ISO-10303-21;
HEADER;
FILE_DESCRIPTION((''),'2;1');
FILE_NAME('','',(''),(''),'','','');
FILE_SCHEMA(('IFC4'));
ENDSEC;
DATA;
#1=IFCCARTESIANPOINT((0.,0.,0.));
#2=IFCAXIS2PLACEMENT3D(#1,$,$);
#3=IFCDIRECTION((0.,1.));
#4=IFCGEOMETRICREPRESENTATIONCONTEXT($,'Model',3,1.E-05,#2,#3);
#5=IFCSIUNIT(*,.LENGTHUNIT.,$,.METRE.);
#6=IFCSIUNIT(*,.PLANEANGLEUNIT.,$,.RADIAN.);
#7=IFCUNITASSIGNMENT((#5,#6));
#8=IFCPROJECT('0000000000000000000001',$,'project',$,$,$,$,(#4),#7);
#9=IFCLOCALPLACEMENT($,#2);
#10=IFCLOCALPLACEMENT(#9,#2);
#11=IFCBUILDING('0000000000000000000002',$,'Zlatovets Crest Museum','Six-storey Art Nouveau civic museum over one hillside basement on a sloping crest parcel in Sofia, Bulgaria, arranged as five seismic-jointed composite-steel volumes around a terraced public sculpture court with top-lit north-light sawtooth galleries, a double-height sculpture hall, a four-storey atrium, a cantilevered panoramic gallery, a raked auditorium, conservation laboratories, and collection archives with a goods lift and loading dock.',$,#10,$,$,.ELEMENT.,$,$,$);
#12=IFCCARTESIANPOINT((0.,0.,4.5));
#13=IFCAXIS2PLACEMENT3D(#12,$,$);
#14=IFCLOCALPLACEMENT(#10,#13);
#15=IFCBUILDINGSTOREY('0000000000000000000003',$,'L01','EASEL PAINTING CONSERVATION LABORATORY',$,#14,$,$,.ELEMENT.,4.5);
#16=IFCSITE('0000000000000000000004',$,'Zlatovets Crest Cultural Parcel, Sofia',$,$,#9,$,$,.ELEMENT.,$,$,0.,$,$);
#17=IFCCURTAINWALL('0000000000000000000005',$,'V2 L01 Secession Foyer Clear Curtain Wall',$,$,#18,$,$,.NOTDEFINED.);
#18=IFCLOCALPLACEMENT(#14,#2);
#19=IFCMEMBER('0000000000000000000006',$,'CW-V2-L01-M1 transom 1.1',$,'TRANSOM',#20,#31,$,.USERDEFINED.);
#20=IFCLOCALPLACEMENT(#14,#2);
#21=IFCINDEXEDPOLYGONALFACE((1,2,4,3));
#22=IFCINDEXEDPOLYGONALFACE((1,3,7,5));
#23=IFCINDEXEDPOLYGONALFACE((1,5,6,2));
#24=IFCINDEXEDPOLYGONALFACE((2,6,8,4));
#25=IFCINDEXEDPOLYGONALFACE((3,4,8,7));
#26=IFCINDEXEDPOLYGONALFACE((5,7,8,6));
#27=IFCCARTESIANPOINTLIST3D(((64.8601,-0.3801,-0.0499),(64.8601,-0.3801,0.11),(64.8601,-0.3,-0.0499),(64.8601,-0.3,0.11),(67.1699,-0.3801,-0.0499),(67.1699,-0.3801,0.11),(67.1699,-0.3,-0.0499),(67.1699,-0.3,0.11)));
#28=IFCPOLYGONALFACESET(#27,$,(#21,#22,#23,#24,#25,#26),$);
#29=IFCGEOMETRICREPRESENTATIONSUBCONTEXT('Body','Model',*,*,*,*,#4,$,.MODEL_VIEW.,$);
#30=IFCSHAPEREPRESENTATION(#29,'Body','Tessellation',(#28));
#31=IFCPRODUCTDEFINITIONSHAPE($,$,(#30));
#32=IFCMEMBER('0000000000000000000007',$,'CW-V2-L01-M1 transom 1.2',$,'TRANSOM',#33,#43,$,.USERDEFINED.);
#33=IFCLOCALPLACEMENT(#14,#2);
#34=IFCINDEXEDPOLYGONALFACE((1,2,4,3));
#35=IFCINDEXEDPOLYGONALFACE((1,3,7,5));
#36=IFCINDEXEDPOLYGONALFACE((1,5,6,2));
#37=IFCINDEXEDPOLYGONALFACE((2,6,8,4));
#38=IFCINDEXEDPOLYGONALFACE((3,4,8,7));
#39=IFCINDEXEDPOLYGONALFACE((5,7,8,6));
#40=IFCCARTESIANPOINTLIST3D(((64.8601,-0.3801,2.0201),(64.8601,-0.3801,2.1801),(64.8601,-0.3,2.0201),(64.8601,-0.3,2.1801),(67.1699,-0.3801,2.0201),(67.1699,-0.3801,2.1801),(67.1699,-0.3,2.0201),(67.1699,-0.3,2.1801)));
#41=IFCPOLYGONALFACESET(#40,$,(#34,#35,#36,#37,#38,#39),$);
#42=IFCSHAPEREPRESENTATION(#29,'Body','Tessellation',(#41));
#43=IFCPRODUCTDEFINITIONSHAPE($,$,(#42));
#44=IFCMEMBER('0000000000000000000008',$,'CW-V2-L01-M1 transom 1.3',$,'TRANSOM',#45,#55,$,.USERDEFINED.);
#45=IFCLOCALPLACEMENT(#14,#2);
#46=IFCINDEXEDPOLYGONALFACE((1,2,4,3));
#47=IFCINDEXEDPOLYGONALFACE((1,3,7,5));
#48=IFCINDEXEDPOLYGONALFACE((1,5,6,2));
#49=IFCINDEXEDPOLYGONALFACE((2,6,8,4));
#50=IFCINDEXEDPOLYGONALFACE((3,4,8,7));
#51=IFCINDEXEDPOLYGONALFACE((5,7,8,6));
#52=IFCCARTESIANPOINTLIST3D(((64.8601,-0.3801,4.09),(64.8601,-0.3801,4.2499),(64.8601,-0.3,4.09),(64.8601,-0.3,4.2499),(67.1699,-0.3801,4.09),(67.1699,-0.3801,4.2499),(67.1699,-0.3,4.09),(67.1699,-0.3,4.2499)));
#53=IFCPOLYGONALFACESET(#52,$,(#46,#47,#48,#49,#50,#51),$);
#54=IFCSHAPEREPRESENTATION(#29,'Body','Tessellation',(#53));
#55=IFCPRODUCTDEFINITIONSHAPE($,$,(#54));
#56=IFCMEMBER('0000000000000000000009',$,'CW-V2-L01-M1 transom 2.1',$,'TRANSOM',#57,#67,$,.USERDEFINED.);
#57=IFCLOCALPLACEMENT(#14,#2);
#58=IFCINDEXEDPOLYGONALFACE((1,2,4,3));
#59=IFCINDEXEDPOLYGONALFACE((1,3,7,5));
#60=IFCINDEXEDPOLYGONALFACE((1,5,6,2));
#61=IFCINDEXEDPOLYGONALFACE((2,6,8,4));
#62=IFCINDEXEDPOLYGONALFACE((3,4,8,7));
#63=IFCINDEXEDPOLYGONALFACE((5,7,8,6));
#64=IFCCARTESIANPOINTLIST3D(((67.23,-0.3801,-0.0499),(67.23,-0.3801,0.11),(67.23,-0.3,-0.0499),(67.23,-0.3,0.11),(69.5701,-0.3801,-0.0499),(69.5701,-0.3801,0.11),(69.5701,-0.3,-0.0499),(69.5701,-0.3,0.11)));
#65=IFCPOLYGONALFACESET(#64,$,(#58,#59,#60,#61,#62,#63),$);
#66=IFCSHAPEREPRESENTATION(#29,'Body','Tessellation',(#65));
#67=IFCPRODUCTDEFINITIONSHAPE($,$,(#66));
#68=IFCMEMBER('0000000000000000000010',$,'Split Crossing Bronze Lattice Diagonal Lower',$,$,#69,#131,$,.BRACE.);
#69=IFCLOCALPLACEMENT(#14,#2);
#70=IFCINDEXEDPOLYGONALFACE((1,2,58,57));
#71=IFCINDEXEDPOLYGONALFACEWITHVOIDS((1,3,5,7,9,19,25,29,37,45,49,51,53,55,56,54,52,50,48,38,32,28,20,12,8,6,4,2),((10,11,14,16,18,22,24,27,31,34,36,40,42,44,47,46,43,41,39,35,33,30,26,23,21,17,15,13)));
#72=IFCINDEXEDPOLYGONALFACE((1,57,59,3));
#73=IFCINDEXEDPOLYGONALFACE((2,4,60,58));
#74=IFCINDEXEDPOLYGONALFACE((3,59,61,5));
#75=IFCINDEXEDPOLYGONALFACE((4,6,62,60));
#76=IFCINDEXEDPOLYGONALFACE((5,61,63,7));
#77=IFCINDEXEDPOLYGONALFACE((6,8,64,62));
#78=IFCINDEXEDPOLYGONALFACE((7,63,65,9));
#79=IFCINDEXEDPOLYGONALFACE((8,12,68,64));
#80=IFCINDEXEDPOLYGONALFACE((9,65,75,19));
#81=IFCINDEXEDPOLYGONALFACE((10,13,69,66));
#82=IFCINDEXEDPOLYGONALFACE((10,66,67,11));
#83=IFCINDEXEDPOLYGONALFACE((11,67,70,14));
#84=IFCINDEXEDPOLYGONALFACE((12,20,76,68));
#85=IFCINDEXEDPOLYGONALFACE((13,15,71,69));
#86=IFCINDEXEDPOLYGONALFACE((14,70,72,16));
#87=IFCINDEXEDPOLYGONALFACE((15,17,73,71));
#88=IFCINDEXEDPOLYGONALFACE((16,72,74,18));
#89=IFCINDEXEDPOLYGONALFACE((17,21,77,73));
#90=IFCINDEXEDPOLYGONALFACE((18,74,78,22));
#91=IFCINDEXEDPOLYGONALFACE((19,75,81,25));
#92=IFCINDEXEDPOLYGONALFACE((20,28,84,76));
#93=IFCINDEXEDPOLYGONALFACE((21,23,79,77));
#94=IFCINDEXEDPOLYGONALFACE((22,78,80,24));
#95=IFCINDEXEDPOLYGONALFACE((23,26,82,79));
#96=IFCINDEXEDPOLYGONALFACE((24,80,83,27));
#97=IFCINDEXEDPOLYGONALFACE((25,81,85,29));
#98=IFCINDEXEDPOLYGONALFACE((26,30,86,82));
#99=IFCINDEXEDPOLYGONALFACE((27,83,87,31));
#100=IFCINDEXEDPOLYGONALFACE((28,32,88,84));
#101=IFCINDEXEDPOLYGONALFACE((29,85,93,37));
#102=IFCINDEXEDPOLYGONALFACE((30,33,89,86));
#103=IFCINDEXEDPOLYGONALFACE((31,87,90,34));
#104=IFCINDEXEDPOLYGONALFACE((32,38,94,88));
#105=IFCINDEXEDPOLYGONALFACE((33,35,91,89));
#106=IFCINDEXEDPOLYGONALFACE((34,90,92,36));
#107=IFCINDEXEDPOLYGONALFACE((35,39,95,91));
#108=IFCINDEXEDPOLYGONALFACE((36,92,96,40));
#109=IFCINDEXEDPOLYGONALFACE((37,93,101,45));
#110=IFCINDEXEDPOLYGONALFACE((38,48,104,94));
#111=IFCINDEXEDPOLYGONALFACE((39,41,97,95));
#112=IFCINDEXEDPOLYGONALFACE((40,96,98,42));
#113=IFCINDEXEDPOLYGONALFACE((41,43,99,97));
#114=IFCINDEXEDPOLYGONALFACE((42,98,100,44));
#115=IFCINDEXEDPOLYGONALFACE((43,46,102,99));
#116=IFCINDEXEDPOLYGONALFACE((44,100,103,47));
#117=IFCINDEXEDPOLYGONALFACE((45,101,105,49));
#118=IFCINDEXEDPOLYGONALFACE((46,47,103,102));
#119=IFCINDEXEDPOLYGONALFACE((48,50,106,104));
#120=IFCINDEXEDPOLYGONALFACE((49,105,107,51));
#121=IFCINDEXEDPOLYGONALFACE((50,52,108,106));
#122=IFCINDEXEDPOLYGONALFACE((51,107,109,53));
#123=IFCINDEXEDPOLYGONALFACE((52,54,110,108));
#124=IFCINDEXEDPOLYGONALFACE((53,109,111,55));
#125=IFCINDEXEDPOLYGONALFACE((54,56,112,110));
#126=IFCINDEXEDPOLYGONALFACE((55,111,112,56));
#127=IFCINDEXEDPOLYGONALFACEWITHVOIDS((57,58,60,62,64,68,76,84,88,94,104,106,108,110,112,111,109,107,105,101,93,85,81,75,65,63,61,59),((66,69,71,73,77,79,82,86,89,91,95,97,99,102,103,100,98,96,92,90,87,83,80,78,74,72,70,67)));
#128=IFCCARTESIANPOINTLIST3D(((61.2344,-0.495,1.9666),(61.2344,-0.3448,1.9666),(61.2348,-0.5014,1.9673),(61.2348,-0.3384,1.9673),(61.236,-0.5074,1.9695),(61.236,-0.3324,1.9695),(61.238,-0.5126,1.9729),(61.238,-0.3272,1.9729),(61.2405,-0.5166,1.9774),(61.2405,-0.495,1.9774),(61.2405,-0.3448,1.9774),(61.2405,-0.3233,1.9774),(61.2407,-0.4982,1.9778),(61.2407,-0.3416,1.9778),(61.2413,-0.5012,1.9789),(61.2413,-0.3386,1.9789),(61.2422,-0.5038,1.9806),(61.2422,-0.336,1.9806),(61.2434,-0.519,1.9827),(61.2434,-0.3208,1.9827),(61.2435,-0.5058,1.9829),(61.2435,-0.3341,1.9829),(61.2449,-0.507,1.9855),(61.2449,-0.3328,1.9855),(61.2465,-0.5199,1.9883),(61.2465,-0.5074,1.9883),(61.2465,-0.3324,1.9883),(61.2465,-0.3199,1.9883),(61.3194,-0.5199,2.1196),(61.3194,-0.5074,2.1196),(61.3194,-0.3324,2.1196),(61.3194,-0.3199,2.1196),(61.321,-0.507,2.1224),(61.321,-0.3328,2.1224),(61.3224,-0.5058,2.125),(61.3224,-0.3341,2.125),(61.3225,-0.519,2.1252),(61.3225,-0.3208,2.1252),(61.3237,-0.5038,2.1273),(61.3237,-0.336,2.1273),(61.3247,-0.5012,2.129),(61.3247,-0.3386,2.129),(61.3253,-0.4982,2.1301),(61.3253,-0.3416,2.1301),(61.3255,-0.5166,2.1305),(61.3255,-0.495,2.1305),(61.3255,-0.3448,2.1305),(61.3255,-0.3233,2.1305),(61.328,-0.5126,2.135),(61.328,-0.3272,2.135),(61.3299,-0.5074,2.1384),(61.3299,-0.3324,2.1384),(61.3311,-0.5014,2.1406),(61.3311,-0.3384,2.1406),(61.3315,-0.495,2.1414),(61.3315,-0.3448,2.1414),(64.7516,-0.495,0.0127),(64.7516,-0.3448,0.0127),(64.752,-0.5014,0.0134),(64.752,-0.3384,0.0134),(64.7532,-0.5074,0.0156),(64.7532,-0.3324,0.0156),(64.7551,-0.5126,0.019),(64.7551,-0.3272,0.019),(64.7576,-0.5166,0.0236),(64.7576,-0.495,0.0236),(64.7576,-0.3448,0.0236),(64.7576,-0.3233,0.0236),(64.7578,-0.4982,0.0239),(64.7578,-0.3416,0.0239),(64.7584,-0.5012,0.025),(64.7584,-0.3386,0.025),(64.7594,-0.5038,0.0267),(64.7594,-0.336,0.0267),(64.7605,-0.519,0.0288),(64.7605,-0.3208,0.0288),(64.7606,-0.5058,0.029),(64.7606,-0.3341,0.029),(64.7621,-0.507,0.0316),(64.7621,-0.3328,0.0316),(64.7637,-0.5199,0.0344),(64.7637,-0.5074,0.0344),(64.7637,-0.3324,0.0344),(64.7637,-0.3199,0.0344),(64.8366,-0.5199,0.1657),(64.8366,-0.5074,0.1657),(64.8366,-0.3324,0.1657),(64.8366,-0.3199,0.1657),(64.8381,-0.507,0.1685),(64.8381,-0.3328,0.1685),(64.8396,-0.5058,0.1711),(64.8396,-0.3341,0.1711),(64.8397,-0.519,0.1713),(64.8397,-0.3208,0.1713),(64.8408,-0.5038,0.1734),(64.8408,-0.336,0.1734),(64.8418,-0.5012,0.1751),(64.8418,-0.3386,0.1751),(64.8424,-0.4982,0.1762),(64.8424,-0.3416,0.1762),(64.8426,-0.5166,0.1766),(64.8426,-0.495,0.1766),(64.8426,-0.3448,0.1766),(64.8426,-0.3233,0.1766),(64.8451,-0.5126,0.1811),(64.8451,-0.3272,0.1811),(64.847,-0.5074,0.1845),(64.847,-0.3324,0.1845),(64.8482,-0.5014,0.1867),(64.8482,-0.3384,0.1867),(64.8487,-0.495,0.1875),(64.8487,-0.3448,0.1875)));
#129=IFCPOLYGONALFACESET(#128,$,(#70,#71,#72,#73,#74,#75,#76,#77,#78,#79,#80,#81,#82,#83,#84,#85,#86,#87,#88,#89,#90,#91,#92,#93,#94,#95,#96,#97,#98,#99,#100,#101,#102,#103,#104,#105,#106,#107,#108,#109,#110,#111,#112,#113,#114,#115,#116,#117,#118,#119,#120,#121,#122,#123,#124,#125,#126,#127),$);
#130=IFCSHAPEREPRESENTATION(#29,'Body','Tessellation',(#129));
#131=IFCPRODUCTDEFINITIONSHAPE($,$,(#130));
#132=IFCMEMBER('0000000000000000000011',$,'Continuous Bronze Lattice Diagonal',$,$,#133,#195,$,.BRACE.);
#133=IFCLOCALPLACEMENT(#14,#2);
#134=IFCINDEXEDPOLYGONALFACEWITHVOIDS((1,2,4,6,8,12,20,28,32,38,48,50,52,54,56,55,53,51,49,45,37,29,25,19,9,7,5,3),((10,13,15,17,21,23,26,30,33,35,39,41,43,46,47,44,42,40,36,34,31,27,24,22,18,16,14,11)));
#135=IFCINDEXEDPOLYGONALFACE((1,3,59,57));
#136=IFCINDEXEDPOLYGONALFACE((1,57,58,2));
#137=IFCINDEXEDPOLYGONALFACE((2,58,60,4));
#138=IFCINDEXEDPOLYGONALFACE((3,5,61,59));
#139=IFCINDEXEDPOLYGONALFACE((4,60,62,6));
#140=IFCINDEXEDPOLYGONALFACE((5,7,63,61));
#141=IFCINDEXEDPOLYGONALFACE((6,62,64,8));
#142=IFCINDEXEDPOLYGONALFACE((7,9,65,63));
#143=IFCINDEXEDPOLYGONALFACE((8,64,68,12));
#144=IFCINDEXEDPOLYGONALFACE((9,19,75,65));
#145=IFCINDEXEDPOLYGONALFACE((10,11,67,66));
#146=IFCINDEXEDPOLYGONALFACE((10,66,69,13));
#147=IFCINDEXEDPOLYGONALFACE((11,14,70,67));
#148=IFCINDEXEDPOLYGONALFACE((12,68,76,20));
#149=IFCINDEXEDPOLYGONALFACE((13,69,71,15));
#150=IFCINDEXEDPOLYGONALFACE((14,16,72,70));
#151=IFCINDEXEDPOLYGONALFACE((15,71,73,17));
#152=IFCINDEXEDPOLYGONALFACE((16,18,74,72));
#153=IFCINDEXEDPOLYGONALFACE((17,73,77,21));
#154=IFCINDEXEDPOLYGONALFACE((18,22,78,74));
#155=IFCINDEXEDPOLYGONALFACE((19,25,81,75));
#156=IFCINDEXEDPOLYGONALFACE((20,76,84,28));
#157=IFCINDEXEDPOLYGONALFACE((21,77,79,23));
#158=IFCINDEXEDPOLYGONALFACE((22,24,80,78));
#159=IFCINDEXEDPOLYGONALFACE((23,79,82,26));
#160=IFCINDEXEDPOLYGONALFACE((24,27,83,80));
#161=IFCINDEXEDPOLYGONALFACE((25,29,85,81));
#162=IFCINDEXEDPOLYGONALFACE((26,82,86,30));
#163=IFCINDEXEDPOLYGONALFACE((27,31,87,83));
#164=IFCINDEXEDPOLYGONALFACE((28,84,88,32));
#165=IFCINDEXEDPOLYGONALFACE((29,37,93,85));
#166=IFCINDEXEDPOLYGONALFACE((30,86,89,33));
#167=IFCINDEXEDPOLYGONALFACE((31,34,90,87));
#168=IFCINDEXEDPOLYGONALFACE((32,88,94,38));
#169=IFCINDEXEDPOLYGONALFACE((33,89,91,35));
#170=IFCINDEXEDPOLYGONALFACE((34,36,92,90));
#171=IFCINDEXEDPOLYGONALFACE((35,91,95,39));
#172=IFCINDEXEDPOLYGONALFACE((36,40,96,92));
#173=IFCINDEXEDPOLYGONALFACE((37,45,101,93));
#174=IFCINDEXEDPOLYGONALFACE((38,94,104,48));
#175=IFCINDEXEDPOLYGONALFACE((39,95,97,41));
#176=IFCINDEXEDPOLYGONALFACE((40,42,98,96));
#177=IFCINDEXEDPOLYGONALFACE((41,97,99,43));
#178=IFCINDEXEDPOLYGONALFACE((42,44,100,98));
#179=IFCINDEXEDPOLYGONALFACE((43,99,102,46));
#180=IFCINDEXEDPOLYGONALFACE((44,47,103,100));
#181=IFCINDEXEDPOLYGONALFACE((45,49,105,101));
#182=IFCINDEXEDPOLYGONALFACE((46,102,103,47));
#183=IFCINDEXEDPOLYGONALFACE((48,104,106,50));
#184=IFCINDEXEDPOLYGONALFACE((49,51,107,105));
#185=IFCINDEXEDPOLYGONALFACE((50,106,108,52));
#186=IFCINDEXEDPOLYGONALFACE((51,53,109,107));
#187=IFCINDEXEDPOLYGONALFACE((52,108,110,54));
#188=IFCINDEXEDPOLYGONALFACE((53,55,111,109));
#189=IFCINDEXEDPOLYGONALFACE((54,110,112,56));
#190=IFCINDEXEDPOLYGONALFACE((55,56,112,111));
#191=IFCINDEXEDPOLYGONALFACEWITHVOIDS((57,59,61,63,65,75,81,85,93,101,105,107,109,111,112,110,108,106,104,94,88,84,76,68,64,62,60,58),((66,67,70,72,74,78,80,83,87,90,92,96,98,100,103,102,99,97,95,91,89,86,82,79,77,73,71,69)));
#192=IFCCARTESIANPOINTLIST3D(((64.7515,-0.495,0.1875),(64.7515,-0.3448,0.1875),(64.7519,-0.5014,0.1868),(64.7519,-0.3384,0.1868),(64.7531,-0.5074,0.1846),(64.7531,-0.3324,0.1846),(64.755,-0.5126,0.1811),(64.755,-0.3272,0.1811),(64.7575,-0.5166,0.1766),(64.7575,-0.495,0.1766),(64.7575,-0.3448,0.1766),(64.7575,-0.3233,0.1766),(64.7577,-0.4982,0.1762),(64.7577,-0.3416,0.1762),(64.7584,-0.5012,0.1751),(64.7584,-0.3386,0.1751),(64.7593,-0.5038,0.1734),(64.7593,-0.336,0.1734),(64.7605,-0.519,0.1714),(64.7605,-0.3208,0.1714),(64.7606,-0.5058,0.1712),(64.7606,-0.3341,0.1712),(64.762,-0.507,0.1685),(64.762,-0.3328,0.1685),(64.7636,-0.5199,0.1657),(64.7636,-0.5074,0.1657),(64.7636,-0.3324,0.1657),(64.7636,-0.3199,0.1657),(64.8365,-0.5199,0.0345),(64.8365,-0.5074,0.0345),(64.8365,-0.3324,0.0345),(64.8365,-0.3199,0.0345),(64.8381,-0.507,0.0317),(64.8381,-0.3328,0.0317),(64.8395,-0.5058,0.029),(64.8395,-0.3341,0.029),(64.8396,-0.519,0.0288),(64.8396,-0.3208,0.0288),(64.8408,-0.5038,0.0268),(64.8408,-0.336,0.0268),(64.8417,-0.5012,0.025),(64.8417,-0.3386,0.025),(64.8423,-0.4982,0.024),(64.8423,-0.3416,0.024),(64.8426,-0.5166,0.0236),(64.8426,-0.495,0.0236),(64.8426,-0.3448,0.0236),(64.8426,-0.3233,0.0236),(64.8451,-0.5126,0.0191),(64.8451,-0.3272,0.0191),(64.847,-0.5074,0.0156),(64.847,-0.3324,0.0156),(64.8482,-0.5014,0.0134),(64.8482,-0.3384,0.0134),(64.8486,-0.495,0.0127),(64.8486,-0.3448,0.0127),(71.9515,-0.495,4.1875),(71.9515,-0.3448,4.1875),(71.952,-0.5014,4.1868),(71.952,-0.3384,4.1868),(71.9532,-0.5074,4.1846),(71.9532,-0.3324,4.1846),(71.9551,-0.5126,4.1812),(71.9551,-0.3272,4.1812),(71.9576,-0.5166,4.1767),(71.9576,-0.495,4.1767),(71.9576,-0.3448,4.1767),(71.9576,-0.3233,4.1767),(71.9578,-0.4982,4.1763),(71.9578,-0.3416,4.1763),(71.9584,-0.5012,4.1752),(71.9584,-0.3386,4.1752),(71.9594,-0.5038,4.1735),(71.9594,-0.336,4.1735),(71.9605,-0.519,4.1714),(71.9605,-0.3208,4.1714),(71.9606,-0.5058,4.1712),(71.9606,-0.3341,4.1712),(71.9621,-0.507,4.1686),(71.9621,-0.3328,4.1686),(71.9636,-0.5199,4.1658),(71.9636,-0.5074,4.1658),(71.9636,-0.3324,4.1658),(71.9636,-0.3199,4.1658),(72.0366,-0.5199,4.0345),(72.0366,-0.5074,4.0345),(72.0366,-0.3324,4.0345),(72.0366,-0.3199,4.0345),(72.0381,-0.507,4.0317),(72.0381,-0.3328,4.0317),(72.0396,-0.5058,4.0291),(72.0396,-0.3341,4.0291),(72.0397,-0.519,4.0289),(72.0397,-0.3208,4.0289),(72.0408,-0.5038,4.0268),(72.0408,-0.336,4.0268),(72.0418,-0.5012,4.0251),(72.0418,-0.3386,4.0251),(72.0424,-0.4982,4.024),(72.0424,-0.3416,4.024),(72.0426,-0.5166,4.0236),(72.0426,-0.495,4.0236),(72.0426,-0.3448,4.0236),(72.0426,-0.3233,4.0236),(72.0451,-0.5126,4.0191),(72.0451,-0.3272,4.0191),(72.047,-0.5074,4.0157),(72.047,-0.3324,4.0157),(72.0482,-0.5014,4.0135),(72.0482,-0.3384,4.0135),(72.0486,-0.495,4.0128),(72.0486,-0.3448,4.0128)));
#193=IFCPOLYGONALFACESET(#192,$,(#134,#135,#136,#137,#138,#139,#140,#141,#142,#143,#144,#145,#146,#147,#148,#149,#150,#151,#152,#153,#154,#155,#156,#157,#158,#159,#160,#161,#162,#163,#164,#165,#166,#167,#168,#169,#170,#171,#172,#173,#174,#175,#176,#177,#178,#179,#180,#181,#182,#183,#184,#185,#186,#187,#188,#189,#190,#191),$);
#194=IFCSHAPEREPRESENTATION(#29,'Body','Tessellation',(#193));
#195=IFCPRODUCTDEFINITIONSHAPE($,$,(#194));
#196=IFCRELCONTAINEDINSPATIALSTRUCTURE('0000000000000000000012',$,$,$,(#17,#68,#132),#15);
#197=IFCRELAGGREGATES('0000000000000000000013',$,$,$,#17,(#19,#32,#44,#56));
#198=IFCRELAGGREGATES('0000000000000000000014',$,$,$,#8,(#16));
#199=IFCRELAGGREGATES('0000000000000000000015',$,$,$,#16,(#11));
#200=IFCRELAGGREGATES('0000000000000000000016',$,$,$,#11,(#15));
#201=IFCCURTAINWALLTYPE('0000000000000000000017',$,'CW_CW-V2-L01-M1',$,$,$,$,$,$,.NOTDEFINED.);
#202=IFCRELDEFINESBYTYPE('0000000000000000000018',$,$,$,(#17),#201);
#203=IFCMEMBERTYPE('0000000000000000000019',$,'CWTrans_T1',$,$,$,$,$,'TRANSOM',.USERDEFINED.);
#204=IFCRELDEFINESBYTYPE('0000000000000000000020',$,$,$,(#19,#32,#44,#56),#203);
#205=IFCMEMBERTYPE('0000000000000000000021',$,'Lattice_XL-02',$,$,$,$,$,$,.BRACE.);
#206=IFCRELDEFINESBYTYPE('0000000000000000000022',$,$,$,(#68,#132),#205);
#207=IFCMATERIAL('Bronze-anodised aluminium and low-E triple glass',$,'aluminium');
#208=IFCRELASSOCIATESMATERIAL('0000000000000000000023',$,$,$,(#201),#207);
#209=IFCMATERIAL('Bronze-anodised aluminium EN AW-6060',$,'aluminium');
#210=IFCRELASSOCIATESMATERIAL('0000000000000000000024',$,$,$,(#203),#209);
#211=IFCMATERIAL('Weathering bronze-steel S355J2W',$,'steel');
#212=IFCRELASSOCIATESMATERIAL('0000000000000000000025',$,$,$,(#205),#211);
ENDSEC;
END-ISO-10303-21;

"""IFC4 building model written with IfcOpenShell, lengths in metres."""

from ifc_helpers import new_model, si_unit, direction, frame, origin, origin_2d, place, context, subcontext, project, spatial, rectangle, hollow_rectangle, extrude, material, material_profile, profile_set, type_object, element, aggregate, save


model = new_model("IFC4")

# Units and contexts
model_context = context("Model", 3, precision=1e-05, world=origin(), true_north=direction((0.0, 1.0)))
body_context = subcontext(model_context, "Body", "Model", "MODEL_VIEW")
ifc_project = project(units=[si_unit("LENGTHUNIT", "METRE"), si_unit("PLANEANGLEUNIT", "RADIAN")], contexts=[model_context])

# Site, building, storey
site_placement = place(None, origin())
site = spatial("IfcSite", under=ifc_project, at=site_placement, Name="Zlatovets Crest Cultural Parcel, Sofia", CompositionType="ELEMENT", RefElevation=0.0)
building_placement = place(site_placement, origin())
building = spatial("IfcBuilding", under=site, at=building_placement, Name="Zlatovets Crest Museum", Description="Six-storey Art Nouveau civic museum over one hillside basement on a sloping crest parcel in Sofia, Bulgaria, arranged as five seismic-jointed composite-steel volumes around a terraced public sculpture court with top-lit north-light sawtooth galleries, a double-height sculpture hall, a four-storey atrium, a cantilevered panoramic gallery, a raked auditorium, conservation laboratories, and collection archives with a goods lift and loading dock.", CompositionType="ELEMENT")
storey_placement = place(building_placement, frame((0.0, 0.0, 4.5)))
storey = spatial("IfcBuildingStorey", under=building, at=storey_placement, Name="L01", Description="EASEL PAINTING CONSERVATION LABORATORY", CompositionType="ELEMENT", Elevation=4.5)

# Curtain wall
ifc_material_1 = material(Name="Bronze-anodised aluminium and low-E triple glass", Category="aluminium")
ifc_material_2 = material(Name="Bronze-anodised aluminium EN AW-6060", Category="aluminium")
curtain_wall_type_1 = type_object("IfcCurtainWallType", Name="CW_CW-V2-L01-M1", PredefinedType="NOTDEFINED", material=ifc_material_1)
curtain_wall_1_placement = place(storey_placement, origin())
curtain_wall_1 = element("IfcCurtainWall", 1, at=curtain_wall_1_placement, inside=storey, type_object=curtain_wall_type_1, Name="V2 L01 Secession Foyer Clear Curtain Wall", PredefinedType="NOTDEFINED")

# Members
ifc_material_profile_1 = material_profile(ifc_material_2, rectangle(XDim=0.0801, YDim=0.1599, at=origin_2d()), Name="ALU 80x160")
ifc_profile_set_1 = profile_set([ifc_material_profile_1], Name="Bronze-anodised aluminium EN AW-6060")
member_type_1 = type_object("IfcMemberType", Name="CWTrans_T1", ElementType="TRANSOM", PredefinedType="USERDEFINED", material=ifc_profile_set_1)
member_1_placement = place(storey_placement, frame((64.8601, -0.3401, 0.03), z_axis=(1.0, 0.0, 0.0), x_axis=(0.0, 1.0, 0.0)))
member_1 = element("IfcMember", 2, at=member_1_placement, type_object=member_type_1, Name="CW-V2-L01-M1 transom 1.1", ObjectType="TRANSOM", PredefinedType="USERDEFINED", context=body_context, shape_type="SweptSolid", body=[
    extrude(rectangle(XDim=0.0801, YDim=0.1599, at=origin_2d()), origin(), (0.0, 0.0, 1.0), 2.3098),
])
member_2_placement = place(storey_placement, frame((64.8601, -0.3401, 2.1001), z_axis=(1.0, 0.0, 0.0), x_axis=(0.0, 1.0, 0.0)))
member_2 = element("IfcMember", 3, at=member_2_placement, type_object=member_type_1, Name="CW-V2-L01-M1 transom 1.2", ObjectType="TRANSOM", PredefinedType="USERDEFINED", context=body_context, shape_type="SweptSolid", body=[
    extrude(rectangle(XDim=0.0801, YDim=0.1599, at=origin_2d()), origin(), (0.0, 0.0, 1.0), 2.3098),
])
member_3_placement = place(storey_placement, frame((64.8601, -0.3401, 4.1699), z_axis=(1.0, 0.0, 0.0), x_axis=(0.0, 1.0, 0.0)))
member_3 = element("IfcMember", 4, at=member_3_placement, type_object=member_type_1, Name="CW-V2-L01-M1 transom 1.3", ObjectType="TRANSOM", PredefinedType="USERDEFINED", context=body_context, shape_type="SweptSolid", body=[
    extrude(rectangle(XDim=0.0801, YDim=0.1599, at=origin_2d()), origin(), (0.0, 0.0, 1.0), 2.3098),
])
member_4_placement = place(storey_placement, frame((67.23, -0.3401, 0.03), z_axis=(1.0, 0.0, 0.0), x_axis=(0.0, 1.0, 0.0)))
member_4 = element("IfcMember", 5, at=member_4_placement, type_object=member_type_1, Name="CW-V2-L01-M1 transom 2.1", ObjectType="TRANSOM", PredefinedType="USERDEFINED", context=body_context, shape_type="SweptSolid", body=[
    extrude(rectangle(XDim=0.0801, YDim=0.1599, at=origin_2d()), origin(), (0.0, 0.0, 1.0), 2.3401),
])

# Members
ifc_material_3 = material(Name="Weathering bronze-steel S355J2W", Category="steel")
ifc_material_profile_2 = material_profile(ifc_material_3, hollow_rectangle(XDim=0.2, YDim=0.2, WallThickness=0.0125, InnerFilletRadius=0.0125, OuterFilletRadius=0.0249, at=origin_2d()), Name="SHS 200x200x12.5")
ifc_profile_set_2 = profile_set([ifc_material_profile_2], Name="Weathering bronze-steel S355J2W")
member_type_2 = type_object("IfcMemberType", Name="Lattice_XL-02", PredefinedType="BRACE", material=ifc_profile_set_2)
member_5_placement = place(storey_placement, frame((61.283, -0.4199, 2.054), z_axis=(0.874166, 0.0, -0.485627), x_axis=(0.0, 1.0, 0.0)))
element("IfcMember", 6, at=member_5_placement, inside=storey, type_object=member_type_2, Name="Split Crossing Bronze Lattice Diagonal Lower", PredefinedType="BRACE", context=body_context, shape_type="SweptSolid", body=[
    extrude(hollow_rectangle(XDim=0.2, YDim=0.2, WallThickness=0.0125, InnerFilletRadius=0.0125, OuterFilletRadius=0.0249, at=origin_2d()), origin(), (0.0, 0.0, 1.0), 4.0234),
])
member_6_placement = place(storey_placement, frame((64.8, -0.4199, 0.1001), z_axis=(0.874156, 0.0, 0.485645), x_axis=(0.0, 1.0, 0.0)))
element("IfcMember", 7, at=member_6_placement, inside=storey, type_object=member_type_2, Name="Continuous Bronze Lattice Diagonal", PredefinedType="BRACE", context=body_context, shape_type="SweptSolid", body=[
    extrude(hollow_rectangle(XDim=0.2, YDim=0.2, WallThickness=0.0125, InnerFilletRadius=0.0125, OuterFilletRadius=0.0249, at=origin_2d()), origin(), (0.0, 0.0, 1.0), 8.2366),
])

aggregate(curtain_wall_1, [member_1, member_2, member_3, member_4])

save(model, "model.ifc")
